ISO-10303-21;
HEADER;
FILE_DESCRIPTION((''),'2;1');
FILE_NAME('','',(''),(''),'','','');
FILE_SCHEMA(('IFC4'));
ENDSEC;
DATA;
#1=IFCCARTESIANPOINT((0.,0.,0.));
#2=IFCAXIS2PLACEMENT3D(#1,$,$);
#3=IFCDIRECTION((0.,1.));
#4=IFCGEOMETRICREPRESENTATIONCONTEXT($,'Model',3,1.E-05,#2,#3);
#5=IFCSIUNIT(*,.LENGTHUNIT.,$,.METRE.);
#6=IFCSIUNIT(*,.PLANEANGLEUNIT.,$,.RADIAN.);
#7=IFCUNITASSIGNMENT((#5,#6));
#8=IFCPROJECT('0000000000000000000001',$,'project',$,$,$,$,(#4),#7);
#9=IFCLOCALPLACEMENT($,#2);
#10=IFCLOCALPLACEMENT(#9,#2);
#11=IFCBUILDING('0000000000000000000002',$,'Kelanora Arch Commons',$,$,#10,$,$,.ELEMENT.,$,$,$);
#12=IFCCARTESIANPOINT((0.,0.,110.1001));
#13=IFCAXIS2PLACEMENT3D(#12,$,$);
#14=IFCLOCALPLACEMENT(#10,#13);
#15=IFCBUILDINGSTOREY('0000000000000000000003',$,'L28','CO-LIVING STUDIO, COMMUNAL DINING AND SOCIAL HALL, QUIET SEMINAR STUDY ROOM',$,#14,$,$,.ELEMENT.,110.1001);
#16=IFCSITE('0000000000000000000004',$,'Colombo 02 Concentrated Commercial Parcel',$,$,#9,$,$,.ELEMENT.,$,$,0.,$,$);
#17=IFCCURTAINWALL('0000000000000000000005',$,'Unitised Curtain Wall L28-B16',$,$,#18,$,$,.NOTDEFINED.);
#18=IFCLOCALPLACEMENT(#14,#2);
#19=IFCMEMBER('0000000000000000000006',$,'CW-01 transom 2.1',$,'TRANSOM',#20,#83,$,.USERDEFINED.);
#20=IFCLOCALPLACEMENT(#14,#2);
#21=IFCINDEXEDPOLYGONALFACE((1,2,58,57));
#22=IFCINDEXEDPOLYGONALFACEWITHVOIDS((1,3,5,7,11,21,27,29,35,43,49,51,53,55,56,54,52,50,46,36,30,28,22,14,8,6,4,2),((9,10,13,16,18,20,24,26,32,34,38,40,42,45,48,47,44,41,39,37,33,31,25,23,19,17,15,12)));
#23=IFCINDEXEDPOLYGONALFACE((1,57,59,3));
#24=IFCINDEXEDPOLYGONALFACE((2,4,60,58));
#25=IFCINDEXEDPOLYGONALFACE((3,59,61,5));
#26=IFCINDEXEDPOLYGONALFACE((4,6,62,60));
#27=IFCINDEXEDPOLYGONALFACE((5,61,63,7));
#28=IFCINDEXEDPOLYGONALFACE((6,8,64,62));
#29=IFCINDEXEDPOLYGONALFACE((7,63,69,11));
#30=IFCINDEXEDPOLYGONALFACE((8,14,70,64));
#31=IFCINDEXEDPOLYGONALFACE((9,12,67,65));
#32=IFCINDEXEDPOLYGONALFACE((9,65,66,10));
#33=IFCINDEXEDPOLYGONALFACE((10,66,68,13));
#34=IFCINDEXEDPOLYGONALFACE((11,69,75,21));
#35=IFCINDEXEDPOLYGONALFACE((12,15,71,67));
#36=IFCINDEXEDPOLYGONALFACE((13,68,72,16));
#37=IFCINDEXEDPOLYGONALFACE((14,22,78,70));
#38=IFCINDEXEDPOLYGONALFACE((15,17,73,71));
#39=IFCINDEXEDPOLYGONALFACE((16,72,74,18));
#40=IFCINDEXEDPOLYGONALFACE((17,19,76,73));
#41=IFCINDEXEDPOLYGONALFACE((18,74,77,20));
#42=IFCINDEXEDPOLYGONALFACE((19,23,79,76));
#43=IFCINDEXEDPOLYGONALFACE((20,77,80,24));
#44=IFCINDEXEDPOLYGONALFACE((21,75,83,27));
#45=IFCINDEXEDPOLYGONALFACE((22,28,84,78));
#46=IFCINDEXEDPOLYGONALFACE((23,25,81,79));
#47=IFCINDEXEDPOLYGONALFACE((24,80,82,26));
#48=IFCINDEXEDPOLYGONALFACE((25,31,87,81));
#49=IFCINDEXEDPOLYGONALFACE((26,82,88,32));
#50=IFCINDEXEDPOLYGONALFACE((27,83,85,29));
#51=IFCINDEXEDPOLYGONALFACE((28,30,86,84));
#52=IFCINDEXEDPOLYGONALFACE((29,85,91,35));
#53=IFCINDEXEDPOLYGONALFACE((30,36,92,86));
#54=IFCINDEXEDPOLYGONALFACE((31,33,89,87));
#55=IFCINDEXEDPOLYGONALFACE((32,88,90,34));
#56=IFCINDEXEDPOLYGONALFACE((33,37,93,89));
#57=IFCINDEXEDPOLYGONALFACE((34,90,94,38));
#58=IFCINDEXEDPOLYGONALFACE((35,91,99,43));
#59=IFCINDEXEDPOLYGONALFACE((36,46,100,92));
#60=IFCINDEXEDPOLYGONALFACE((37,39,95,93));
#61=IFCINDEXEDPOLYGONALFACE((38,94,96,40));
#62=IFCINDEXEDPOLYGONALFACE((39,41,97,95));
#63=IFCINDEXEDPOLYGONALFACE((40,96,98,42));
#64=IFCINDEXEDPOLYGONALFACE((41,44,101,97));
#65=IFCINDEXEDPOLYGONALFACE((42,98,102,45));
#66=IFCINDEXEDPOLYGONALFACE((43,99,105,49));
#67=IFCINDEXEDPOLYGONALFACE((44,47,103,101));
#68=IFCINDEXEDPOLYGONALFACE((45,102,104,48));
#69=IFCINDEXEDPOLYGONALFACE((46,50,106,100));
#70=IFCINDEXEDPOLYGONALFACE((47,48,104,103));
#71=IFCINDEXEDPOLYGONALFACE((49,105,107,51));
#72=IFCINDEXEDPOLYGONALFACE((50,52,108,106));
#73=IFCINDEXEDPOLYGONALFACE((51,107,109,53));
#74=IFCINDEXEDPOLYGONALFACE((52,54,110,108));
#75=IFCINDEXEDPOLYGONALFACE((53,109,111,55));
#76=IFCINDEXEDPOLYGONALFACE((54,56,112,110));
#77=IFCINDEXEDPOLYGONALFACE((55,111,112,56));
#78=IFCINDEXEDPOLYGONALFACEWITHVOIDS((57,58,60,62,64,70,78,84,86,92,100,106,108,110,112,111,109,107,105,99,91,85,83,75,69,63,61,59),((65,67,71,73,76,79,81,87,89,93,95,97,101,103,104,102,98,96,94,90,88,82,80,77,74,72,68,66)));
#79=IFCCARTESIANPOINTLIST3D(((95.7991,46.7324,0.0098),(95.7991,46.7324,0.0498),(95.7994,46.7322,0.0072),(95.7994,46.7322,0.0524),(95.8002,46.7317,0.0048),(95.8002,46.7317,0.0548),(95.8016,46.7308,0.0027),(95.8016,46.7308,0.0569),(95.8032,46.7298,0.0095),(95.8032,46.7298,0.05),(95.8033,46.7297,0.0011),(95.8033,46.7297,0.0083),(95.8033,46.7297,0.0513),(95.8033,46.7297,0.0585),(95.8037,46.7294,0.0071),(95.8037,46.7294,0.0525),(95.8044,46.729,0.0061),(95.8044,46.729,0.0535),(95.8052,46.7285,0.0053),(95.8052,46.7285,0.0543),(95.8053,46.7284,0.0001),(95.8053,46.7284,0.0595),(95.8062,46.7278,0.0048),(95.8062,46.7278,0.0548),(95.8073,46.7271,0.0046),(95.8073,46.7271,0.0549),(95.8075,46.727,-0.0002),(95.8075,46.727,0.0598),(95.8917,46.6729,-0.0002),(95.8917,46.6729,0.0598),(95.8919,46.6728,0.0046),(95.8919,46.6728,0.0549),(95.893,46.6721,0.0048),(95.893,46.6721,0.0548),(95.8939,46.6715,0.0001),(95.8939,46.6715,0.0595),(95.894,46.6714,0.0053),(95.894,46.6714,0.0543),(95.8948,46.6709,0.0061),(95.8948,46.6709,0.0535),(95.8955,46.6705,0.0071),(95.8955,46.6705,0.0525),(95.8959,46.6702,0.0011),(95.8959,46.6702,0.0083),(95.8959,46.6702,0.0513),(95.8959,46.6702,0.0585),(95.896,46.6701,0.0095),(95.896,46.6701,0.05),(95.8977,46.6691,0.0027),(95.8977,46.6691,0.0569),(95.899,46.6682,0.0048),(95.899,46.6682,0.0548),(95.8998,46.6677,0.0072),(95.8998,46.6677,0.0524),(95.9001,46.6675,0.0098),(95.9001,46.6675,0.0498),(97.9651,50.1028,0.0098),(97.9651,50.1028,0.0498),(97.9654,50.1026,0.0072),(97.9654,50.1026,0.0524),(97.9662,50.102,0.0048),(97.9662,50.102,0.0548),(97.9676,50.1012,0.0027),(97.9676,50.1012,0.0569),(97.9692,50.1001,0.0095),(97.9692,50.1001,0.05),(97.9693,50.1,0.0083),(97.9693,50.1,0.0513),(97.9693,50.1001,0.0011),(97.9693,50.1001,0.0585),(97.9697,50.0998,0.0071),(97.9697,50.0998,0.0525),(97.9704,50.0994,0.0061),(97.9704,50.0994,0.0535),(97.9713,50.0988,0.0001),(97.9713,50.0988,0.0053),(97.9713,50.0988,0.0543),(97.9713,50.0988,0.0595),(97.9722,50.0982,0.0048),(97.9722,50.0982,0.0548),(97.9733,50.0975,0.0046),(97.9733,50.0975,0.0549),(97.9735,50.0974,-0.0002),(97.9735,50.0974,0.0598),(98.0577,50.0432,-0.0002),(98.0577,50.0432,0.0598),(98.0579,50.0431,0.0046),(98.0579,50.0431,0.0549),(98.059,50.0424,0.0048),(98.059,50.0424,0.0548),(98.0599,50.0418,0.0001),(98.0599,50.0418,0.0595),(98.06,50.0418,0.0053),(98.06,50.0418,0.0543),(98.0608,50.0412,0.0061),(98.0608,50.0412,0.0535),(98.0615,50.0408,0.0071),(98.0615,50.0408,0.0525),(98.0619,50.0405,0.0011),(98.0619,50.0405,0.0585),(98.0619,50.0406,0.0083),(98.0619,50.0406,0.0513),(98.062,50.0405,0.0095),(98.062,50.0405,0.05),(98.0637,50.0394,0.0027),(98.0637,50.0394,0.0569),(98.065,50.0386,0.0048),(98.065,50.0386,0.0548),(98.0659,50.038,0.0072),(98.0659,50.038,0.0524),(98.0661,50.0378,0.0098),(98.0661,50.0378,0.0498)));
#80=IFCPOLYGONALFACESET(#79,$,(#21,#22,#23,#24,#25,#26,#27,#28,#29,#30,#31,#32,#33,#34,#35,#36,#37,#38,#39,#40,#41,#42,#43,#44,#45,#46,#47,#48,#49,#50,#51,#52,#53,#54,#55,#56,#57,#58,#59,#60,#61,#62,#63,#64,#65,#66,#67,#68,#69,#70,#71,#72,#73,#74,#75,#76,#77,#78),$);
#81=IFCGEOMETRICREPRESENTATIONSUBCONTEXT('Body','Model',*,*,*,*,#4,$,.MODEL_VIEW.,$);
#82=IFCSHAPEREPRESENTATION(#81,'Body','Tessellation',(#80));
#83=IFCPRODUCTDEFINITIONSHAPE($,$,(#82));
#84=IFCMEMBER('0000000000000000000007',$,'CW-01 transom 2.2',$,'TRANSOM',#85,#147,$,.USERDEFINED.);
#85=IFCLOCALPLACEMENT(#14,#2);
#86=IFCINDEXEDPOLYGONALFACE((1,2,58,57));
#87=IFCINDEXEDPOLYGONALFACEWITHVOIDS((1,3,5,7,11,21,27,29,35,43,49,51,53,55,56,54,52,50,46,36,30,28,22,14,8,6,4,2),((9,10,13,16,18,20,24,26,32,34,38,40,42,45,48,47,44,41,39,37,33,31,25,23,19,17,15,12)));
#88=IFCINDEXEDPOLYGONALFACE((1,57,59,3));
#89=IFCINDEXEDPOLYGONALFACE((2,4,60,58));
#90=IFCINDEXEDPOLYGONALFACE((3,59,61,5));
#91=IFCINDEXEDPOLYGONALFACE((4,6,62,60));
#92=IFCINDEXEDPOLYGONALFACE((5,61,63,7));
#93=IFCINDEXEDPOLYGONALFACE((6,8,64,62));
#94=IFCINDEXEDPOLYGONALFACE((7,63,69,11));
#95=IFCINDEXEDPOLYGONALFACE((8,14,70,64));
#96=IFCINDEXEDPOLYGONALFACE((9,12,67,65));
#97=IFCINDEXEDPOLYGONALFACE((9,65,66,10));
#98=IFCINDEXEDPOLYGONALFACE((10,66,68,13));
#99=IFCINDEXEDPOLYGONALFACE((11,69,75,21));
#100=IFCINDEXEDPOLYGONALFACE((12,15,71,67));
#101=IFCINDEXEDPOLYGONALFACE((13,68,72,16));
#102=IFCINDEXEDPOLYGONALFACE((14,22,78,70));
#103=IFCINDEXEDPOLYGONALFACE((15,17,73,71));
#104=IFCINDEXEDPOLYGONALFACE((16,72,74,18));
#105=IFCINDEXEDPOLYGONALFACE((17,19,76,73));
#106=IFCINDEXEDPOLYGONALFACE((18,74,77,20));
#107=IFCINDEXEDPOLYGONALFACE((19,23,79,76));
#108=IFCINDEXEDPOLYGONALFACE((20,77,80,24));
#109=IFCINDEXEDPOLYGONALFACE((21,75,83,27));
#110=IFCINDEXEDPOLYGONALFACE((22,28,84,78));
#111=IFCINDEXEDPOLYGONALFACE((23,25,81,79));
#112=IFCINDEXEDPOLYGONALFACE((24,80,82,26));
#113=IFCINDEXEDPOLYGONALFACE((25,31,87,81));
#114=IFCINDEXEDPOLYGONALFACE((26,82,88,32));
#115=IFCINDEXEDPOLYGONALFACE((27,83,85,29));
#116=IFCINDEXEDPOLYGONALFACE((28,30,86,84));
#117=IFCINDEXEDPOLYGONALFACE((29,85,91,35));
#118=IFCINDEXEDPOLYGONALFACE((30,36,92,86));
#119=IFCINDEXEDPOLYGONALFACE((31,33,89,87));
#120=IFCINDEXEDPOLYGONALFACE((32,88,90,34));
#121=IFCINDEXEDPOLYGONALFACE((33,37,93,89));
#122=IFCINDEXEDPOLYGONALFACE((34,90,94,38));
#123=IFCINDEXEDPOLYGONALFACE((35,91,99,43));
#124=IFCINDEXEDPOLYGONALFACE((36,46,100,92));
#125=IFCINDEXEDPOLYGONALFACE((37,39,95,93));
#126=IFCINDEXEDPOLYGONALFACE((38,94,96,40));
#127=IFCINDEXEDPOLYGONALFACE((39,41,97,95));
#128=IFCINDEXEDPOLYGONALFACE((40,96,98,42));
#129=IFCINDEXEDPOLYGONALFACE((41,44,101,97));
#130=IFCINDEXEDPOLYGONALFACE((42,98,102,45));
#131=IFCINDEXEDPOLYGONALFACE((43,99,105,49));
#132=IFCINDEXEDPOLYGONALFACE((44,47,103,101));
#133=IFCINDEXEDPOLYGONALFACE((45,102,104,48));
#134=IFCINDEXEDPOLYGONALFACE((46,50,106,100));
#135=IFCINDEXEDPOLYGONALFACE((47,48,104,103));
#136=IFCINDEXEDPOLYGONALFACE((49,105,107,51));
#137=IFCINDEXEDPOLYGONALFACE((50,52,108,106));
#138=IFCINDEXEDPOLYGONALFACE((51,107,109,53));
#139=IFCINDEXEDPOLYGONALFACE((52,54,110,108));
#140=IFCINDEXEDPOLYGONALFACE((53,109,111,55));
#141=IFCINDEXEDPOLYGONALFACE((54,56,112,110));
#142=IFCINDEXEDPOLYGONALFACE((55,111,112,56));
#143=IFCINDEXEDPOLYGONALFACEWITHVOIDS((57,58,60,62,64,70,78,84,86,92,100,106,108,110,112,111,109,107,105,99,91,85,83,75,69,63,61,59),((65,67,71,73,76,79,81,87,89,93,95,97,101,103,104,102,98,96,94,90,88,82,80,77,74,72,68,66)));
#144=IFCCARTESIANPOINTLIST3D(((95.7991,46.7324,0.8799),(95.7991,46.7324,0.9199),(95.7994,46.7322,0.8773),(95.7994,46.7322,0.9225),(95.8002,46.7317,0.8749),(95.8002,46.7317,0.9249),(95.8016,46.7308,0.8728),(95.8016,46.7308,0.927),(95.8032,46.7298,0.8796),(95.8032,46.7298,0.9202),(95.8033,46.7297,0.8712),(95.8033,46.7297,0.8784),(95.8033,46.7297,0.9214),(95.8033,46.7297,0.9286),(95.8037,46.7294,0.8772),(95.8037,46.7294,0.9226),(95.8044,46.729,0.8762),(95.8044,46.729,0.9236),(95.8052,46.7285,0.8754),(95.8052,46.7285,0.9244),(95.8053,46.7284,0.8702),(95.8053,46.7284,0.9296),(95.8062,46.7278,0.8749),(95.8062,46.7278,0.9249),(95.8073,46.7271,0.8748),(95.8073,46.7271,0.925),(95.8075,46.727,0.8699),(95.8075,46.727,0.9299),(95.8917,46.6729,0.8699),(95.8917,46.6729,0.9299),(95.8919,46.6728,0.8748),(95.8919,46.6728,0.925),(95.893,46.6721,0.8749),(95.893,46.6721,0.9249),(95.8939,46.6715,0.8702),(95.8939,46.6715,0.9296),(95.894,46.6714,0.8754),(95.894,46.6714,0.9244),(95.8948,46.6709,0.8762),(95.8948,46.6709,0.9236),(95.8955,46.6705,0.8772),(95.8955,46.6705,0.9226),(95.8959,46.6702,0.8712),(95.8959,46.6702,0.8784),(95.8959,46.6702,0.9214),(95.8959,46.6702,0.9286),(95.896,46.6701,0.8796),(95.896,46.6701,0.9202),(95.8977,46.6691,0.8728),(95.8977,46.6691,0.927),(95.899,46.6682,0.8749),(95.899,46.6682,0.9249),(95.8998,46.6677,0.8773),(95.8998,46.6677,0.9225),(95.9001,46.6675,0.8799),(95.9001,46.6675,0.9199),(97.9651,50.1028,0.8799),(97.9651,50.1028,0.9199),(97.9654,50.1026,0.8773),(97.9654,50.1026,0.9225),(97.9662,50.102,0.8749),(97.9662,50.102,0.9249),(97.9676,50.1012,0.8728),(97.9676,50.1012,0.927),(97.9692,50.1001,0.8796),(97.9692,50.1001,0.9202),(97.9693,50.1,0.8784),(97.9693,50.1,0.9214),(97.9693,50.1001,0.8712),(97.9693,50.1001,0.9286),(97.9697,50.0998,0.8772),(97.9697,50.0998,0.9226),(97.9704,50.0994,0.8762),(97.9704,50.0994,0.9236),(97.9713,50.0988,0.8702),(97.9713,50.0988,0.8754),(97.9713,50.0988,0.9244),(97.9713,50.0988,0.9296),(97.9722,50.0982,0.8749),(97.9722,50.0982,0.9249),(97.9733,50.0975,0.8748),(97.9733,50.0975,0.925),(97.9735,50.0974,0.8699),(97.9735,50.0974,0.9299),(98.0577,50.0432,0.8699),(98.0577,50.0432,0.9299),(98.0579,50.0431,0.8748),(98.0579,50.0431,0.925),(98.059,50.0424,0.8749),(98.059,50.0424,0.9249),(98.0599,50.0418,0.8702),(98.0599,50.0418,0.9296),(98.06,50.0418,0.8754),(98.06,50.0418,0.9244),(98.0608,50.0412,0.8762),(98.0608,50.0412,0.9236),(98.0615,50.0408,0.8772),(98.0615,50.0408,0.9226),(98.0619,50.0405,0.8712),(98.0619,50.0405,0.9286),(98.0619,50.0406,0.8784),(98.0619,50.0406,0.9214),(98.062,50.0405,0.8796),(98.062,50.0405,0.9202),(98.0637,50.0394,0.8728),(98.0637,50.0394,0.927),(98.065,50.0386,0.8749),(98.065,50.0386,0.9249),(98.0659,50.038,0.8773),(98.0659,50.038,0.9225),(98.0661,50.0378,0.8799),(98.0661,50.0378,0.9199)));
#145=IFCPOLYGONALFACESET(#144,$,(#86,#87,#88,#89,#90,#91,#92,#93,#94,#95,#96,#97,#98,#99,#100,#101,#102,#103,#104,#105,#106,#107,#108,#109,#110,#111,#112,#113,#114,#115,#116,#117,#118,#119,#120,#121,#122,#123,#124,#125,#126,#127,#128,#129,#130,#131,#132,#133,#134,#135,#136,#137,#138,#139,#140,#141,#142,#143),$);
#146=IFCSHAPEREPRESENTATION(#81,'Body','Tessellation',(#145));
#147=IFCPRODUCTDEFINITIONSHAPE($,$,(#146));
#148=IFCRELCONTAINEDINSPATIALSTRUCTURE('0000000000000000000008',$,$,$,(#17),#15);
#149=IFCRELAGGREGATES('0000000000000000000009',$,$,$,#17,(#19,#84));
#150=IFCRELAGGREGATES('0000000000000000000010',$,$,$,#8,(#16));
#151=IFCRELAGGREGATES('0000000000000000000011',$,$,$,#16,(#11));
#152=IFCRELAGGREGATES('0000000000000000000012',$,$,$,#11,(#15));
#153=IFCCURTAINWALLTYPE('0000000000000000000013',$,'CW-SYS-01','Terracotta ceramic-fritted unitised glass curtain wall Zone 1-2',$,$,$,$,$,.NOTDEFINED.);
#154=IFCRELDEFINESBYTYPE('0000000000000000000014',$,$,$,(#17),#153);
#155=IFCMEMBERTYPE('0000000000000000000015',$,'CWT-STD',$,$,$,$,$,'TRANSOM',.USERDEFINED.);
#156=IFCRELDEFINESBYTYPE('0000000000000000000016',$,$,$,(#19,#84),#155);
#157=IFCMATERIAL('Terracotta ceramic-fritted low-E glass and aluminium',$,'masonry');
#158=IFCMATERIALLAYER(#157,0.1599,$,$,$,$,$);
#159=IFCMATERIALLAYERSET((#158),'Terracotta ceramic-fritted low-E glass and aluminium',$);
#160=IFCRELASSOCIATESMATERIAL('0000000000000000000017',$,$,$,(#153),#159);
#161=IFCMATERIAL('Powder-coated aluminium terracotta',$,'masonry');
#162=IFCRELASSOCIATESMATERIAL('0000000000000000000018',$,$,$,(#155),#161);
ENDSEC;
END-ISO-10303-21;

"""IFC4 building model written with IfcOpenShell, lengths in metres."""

from ifc_helpers import new_model, si_unit, direction, frame, origin, origin_2d, place, context, subcontext, project, spatial, hollow_rectangle, extrude, material, layer, layer_set, material_profile, profile_set, type_object, element, aggregate, save


model = new_model("IFC4")

# Units and contexts
model_context = context("Model", 3, precision=1e-05, world=origin(), true_north=direction((0.0, 1.0)))
body_context = subcontext(model_context, "Body", "Model", "MODEL_VIEW")
ifc_project = project(units=[si_unit("LENGTHUNIT", "METRE"), si_unit("PLANEANGLEUNIT", "RADIAN")], contexts=[model_context])

# Site, building, storey
site_placement = place(None, origin())
site = spatial("IfcSite", under=ifc_project, at=site_placement, Name="Colombo 02 Concentrated Commercial Parcel", CompositionType="ELEMENT", RefElevation=0.0)
building_placement = place(site_placement, origin())
building = spatial("IfcBuilding", under=site, at=building_placement, Name="Kelanora Arch Commons", CompositionType="ELEMENT")
storey_placement = place(building_placement, frame((0.0, 0.0, 110.1001)))
storey = spatial("IfcBuildingStorey", under=building, at=storey_placement, Name="L28", Description="CO-LIVING STUDIO, COMMUNAL DINING AND SOCIAL HALL, QUIET SEMINAR STUDY ROOM", CompositionType="ELEMENT", Elevation=110.1001)

# Shared definitions
ifc_material_1 = material(Name="Terracotta ceramic-fritted low-E glass and aluminium", Category="masonry")
ifc_layer_1 = layer(ifc_material_1, 0.1599)
ifc_layer_set_1 = layer_set([ifc_layer_1], Name="Terracotta ceramic-fritted low-E glass and aluminium")
curtain_wall_type = type_object("IfcCurtainWallType", Name="CW-SYS-01", Description="Terracotta ceramic-fritted unitised glass curtain wall Zone 1-2", PredefinedType="NOTDEFINED", material=ifc_layer_set_1)
ifc_material_2 = material(Name="Powder-coated aluminium terracotta", Category="masonry")

# Curtain wall, members
curtain_wall_1_placement = place(storey_placement, origin())
curtain_wall_1 = element("IfcCurtainWall", 1, at=curtain_wall_1_placement, inside=storey, type_object=curtain_wall_type, Name="Unitised Curtain Wall L28-B16", PredefinedType="NOTDEFINED")
ifc_material_profile_1 = material_profile(ifc_material_2, hollow_rectangle(XDim=0.1201, YDim=0.0601, WallThickness=0.0049, InnerFilletRadius=0.0049, OuterFilletRadius=0.01, at=origin_2d()), Name="CWT120x60")
ifc_profile_set_1 = profile_set([ifc_material_profile_1], Name="Powder-coated aluminium terracotta")
member_type_1 = type_object("IfcMemberType", Name="CWT-STD", ElementType="TRANSOM", PredefinedType="USERDEFINED", material=ifc_profile_set_1)
member_1_placement = place(storey_placement, frame((95.8496, 46.7, 0.0298), z_axis=(0.540644, 0.841252, 0.0), x_axis=(-0.841252, 0.540644, 0.0)))
member_1 = element("IfcMember", 2, at=member_1_placement, type_object=member_type_1, Name="CW-01 transom 2.1", ObjectType="TRANSOM", PredefinedType="USERDEFINED", context=body_context, shape_type="SweptSolid", body=[
    extrude(hollow_rectangle(XDim=0.1201, YDim=0.0601, WallThickness=0.0049, InnerFilletRadius=0.0049, OuterFilletRadius=0.01, at=origin_2d()), origin(), (0.0, 0.0, 1.0), 4.0063),
])
member_2_placement = place(storey_placement, frame((95.8496, 46.7, 0.8999), z_axis=(0.540644, 0.841252, 0.0), x_axis=(-0.841252, 0.540644, 0.0)))
member_2 = element("IfcMember", 3, at=member_2_placement, type_object=member_type_1, Name="CW-01 transom 2.2", ObjectType="TRANSOM", PredefinedType="USERDEFINED", context=body_context, shape_type="SweptSolid", body=[
    extrude(hollow_rectangle(XDim=0.1201, YDim=0.0601, WallThickness=0.0049, InnerFilletRadius=0.0049, OuterFilletRadius=0.01, at=origin_2d()), origin(), (0.0, 0.0, 1.0), 4.0063),
])
aggregate(curtain_wall_1, [member_1, member_2])

save(model, "model.ifc")
